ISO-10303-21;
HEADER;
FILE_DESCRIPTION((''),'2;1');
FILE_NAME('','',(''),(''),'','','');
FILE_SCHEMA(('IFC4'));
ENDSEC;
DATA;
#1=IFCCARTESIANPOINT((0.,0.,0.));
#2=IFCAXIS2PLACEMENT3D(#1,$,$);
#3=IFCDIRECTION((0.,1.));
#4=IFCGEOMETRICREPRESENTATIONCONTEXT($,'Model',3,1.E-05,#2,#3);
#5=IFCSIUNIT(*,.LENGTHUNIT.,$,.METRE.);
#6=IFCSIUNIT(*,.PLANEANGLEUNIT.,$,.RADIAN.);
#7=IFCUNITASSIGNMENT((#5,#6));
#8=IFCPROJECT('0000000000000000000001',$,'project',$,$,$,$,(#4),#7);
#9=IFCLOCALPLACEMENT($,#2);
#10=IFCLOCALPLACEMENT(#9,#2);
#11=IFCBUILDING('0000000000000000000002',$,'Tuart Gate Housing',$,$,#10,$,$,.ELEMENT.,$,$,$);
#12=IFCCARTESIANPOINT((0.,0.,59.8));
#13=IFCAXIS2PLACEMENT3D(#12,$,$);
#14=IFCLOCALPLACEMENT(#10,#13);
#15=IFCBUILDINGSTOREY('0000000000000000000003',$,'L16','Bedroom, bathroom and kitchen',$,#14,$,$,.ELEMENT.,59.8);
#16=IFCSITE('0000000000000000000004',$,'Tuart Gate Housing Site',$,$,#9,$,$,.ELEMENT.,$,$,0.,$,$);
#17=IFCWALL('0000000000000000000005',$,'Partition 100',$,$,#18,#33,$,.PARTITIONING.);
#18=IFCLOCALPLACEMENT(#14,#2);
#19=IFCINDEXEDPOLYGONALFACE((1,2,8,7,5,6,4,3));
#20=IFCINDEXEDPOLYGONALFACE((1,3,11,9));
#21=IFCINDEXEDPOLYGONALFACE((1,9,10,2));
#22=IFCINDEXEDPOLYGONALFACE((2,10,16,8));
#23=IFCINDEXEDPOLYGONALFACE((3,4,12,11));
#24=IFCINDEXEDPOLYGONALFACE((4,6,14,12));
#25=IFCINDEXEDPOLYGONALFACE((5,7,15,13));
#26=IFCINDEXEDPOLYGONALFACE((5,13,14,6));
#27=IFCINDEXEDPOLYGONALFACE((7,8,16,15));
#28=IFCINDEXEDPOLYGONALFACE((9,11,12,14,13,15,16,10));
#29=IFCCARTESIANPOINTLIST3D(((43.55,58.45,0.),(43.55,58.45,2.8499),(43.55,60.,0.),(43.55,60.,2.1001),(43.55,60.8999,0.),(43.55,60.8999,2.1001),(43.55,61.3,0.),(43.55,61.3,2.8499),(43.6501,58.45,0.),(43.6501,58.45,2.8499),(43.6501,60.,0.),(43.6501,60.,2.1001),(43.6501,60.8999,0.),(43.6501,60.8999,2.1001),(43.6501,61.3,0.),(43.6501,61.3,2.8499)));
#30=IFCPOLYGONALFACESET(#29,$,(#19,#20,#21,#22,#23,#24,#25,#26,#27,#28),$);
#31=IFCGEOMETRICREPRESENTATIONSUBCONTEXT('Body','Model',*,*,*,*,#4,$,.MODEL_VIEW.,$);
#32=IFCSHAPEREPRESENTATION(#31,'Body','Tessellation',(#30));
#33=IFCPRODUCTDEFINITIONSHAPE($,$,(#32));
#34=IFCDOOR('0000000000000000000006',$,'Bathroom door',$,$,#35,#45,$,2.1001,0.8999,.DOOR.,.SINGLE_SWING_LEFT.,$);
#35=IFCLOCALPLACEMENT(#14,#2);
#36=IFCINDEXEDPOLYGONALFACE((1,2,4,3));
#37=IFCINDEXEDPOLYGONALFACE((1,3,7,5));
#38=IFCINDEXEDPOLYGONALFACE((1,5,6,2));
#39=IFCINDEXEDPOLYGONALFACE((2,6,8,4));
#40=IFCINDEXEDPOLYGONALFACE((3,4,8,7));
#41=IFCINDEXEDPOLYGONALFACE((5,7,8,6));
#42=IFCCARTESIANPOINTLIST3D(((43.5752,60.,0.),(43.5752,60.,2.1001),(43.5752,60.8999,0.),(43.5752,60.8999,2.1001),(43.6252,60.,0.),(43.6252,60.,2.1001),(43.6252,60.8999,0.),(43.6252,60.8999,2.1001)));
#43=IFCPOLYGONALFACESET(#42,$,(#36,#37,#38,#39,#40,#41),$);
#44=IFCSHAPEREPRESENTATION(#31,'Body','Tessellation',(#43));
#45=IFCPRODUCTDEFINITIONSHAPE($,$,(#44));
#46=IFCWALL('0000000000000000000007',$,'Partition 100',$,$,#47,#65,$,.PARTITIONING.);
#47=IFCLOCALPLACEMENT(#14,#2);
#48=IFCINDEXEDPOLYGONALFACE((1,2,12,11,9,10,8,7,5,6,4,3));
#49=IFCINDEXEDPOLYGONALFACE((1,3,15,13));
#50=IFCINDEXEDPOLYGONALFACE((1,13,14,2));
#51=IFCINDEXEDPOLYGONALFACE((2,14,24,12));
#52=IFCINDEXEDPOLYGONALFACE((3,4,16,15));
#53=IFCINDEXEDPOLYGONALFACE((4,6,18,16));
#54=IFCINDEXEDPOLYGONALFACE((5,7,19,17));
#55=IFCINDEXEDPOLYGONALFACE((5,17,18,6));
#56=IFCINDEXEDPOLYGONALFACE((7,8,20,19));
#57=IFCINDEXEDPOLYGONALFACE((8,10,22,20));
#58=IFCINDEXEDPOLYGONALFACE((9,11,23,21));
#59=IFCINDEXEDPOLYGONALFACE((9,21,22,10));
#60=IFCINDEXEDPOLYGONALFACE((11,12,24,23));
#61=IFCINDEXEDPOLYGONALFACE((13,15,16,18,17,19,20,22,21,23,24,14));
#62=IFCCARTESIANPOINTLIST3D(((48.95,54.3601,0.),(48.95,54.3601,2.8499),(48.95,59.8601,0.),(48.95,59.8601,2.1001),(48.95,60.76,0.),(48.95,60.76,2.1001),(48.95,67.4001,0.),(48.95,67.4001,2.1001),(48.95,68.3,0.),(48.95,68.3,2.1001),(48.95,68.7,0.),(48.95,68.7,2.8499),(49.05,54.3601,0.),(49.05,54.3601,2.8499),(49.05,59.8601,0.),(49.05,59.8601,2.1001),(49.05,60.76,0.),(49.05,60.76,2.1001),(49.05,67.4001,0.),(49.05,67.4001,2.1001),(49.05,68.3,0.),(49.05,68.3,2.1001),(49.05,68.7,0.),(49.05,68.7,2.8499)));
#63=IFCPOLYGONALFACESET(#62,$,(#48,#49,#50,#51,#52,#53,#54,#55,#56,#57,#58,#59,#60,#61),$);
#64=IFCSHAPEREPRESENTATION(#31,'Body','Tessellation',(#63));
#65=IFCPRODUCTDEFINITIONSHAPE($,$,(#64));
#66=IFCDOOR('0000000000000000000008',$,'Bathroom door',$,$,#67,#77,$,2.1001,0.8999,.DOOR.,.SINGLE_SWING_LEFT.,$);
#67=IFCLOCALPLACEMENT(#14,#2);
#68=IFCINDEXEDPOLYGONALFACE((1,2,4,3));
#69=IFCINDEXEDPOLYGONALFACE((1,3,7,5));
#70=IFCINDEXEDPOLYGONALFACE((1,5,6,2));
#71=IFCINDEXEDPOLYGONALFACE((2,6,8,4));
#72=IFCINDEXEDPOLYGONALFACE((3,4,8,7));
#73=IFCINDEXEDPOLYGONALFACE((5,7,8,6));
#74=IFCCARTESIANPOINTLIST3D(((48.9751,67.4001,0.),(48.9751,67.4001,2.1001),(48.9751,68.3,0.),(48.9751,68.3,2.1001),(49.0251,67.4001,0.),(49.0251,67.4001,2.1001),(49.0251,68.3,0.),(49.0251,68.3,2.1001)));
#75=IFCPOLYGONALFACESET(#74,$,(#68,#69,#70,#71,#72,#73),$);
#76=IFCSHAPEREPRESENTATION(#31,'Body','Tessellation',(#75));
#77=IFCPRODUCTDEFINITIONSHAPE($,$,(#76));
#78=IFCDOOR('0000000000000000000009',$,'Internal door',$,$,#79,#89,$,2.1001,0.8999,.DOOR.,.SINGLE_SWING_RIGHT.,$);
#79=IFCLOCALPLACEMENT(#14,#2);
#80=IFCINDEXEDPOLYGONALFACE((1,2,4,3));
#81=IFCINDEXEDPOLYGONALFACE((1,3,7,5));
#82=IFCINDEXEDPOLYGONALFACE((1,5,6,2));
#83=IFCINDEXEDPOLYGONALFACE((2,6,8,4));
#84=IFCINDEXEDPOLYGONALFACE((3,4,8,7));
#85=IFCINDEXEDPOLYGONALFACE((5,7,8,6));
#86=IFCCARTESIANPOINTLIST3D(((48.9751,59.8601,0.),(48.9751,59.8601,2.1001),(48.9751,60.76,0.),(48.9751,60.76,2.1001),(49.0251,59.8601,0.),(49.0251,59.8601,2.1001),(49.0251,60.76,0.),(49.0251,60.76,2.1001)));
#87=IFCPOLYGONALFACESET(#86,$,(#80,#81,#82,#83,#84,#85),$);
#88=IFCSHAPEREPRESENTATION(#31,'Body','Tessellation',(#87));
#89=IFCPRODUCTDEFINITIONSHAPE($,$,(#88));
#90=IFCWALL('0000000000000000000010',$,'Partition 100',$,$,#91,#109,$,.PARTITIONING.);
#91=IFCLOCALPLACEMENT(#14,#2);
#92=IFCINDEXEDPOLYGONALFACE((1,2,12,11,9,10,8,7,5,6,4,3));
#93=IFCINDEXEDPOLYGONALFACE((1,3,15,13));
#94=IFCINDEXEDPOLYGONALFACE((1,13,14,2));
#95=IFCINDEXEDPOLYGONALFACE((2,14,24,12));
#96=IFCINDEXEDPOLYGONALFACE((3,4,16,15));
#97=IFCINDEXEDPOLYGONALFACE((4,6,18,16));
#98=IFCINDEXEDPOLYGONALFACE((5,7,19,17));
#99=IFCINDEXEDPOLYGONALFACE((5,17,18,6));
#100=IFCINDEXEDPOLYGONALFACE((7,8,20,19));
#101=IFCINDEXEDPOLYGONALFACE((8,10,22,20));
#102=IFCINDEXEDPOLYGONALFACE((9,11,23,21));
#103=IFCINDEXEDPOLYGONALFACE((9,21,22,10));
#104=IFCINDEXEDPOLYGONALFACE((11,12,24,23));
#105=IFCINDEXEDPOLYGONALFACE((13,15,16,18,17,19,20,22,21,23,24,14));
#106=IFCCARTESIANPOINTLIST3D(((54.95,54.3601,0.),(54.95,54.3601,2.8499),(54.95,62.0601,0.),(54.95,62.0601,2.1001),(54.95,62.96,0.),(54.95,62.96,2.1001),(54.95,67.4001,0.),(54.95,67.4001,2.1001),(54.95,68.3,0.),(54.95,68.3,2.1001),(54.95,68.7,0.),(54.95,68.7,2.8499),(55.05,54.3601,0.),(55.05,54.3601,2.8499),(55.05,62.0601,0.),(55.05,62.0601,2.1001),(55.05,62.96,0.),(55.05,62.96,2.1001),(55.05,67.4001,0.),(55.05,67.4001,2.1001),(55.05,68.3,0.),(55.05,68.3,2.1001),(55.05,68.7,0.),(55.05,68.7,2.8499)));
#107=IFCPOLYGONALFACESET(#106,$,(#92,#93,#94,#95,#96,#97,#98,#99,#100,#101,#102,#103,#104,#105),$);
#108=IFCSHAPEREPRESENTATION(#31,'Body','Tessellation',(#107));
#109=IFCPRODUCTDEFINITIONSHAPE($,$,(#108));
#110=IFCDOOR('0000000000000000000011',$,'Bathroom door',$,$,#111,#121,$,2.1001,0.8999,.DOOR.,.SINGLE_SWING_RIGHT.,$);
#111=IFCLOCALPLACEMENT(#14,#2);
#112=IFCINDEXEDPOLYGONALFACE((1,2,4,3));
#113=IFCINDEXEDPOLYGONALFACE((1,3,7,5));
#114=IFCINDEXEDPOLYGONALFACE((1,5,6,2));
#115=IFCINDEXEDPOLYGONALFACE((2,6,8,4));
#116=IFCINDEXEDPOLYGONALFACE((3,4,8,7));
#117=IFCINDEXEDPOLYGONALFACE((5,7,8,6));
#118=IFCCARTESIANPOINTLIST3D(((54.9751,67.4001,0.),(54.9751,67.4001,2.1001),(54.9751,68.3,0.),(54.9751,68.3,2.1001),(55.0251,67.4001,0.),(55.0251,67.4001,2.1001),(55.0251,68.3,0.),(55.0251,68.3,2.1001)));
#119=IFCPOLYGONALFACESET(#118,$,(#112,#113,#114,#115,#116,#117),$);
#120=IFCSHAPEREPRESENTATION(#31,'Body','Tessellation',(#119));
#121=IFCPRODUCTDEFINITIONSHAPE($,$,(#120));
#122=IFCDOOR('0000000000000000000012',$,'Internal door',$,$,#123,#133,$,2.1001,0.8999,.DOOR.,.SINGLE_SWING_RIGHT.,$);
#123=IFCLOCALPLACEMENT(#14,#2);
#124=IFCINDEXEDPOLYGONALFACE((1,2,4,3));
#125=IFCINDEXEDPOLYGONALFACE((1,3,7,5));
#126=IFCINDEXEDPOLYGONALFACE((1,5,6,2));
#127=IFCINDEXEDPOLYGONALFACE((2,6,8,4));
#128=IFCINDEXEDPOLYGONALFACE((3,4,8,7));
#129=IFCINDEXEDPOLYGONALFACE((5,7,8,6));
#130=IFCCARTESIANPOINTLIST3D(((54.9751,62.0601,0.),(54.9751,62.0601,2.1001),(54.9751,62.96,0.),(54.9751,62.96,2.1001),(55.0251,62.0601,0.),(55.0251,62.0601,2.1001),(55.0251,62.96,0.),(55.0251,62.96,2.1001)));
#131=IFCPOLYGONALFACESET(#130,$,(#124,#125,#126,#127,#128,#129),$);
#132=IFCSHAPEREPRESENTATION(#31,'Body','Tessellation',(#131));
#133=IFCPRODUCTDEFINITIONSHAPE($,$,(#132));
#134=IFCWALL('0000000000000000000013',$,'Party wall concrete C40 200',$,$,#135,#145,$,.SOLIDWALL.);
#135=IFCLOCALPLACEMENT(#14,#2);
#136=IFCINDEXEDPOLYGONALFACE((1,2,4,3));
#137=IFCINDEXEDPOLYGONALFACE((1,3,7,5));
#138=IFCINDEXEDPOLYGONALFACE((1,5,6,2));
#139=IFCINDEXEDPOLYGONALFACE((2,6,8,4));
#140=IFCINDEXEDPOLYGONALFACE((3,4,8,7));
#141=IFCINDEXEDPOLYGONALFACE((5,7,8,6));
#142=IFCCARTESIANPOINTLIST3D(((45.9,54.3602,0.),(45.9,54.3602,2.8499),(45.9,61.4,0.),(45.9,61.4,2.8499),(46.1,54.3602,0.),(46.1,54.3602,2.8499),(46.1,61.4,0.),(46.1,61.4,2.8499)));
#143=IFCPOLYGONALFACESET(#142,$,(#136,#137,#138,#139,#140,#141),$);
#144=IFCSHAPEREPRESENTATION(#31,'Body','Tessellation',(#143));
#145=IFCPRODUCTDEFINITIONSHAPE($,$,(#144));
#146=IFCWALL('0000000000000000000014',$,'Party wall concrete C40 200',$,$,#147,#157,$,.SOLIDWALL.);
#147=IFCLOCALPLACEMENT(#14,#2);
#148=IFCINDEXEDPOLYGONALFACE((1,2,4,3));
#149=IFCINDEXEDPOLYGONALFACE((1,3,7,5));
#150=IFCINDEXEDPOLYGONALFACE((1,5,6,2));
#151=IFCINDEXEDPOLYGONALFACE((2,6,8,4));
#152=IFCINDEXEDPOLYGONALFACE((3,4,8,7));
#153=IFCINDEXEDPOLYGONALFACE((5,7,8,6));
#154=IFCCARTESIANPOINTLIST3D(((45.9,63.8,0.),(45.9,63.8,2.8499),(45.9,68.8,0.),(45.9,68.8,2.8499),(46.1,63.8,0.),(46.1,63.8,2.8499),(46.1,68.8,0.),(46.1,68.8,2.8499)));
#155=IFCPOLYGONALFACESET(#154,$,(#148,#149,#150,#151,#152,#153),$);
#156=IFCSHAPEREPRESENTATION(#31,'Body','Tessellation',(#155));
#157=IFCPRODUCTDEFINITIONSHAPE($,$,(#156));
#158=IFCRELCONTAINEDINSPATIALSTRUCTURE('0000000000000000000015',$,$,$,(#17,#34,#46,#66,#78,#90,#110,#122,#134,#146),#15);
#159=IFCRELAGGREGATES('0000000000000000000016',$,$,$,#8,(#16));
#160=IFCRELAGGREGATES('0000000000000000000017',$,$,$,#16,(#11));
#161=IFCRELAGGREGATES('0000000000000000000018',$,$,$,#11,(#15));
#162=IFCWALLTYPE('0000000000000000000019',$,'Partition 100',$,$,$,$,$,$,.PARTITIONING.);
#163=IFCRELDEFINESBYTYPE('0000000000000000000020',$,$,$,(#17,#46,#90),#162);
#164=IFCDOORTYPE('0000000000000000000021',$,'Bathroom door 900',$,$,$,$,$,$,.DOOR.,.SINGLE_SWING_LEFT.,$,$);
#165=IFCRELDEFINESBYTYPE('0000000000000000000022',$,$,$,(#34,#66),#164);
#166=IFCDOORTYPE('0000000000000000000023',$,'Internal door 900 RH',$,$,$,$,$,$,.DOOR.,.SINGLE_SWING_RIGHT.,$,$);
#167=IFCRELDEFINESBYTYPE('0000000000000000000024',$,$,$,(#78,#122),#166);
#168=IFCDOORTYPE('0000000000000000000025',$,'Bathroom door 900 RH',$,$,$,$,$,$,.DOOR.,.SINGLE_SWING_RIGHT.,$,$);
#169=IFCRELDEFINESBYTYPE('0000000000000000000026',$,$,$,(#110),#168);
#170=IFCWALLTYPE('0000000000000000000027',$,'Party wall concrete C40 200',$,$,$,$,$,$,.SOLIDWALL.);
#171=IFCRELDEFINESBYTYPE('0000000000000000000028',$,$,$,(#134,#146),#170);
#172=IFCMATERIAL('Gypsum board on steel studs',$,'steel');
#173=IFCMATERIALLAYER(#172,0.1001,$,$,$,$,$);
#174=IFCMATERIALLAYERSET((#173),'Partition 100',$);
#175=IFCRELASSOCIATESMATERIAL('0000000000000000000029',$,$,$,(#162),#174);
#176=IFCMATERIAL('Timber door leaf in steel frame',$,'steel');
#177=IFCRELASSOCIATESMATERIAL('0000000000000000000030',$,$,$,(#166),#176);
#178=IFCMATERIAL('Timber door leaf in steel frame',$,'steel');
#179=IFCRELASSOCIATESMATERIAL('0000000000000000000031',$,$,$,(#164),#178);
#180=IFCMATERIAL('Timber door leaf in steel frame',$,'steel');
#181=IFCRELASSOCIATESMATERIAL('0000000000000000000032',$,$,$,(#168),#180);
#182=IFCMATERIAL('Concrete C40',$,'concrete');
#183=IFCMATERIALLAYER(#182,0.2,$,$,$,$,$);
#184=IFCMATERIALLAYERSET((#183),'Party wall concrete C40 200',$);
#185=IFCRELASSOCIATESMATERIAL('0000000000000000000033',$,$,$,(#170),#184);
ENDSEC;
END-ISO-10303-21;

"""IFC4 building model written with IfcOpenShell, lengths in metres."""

from ifc_helpers import new_model, si_unit, direction, frame, frame_2d, origin, place, context, subcontext, project, spatial, rectangle, extrude, material, layer, layer_set, type_object, element, fill, save


model = new_model("IFC4")

# Units and contexts
model_context = context("Model", 3, precision=1e-05, world=origin(), true_north=direction((0.0, 1.0)))
body_context = subcontext(model_context, "Body", "Model", "MODEL_VIEW")
ifc_project = project(units=[si_unit("LENGTHUNIT", "METRE"), si_unit("PLANEANGLEUNIT", "RADIAN")], contexts=[model_context])

# Site, building, storey
site_placement = place(None, origin())
site = spatial("IfcSite", under=ifc_project, at=site_placement, Name="Tuart Gate Housing Site", CompositionType="ELEMENT", RefElevation=0.0)
building_placement = place(site_placement, origin())
building = spatial("IfcBuilding", under=site, at=building_placement, Name="Tuart Gate Housing", CompositionType="ELEMENT")
storey_placement = place(building_placement, frame((0.0, 0.0, 59.8)))
storey = spatial("IfcBuildingStorey", under=building, at=storey_placement, Name="L16", Description="Bedroom, bathroom and kitchen", CompositionType="ELEMENT", Elevation=59.8)

# Shared definitions
ifc_material_1 = material(Name="Gypsum board on steel studs", Category="steel")
ifc_layer_1 = layer(ifc_material_1, 0.1001)
ifc_layer_set_1 = layer_set([ifc_layer_1], Name="Partition 100")
wall_type_1 = type_object("IfcWallType", Name="Partition 100", PredefinedType="PARTITIONING", material=ifc_layer_set_1)

# Shared definitions
ifc_material_2 = material(Name="Timber door leaf in steel frame", Category="steel")
door_type_1 = type_object("IfcDoorType", Name="Internal door 900 RH", OperationType="SINGLE_SWING_RIGHT", PredefinedType="DOOR", material=ifc_material_2)

# Wall, opening, door
wall_1_placement = place(storey_placement, frame((43.6001, 58.45, 0.0), z_axis=(0.0, 0.0, 1.0), x_axis=(0.0, 1.0, 0.0)))
wall_1 = element("IfcWall", 1, at=wall_1_placement, inside=storey, type_object=wall_type_1, Name="Partition 100", PredefinedType="PARTITIONING", context=body_context, shape_type="SweptSolid", body=[
    extrude(rectangle(XDim=2.8501, YDim=0.1001, at=frame_2d((1.425, 0.0))), origin(), (0.0, 0.0, 1.0), 2.8499),
])
opening_1_placement = place(wall_1_placement, frame((1.55, 0.0, 0.0)))
opening_1 = element("IfcOpeningElement", 2, at=opening_1_placement, cuts=wall_1, PredefinedType="OPENING", context=body_context, shape_type="SweptSolid", body=[
    extrude(rectangle(XDim=0.8999, YDim=2.1001, at=frame_2d((0.45, 1.05))), frame((0.0, 0.0601, 0.0), z_axis=(0.0, -1.0, 0.0), x_axis=(1.0, 0.0, 0.0)), (0.0, 0.0, 1.0), 0.1201),
])
ifc_material_3 = material(Name="Timber door leaf in steel frame", Category="steel")
door_type_2 = type_object("IfcDoorType", Name="Bathroom door 900", OperationType="SINGLE_SWING_LEFT", PredefinedType="DOOR", material=ifc_material_3)
door_1_placement = place(opening_1_placement, frame((0.8999, 0.0, 0.0), z_axis=(0.0, 0.0, 1.0), x_axis=(-1.0, 0.0, 0.0)))
door_1 = element("IfcDoor", 3, at=door_1_placement, inside=storey, type_object=door_type_2, Name="Bathroom door", OperationType="SINGLE_SWING_LEFT", OverallHeight=2.1001, OverallWidth=0.8999, PredefinedType="DOOR", context=body_context, shape_type="SweptSolid", body=[
    extrude(rectangle(XDim=0.8999, YDim=2.1001, at=frame_2d((0.45, 1.05))), frame((0.0, 0.0251, 0.0), z_axis=(0.0, -1.0, 0.0), x_axis=(1.0, 0.0, 0.0)), (0.0, 0.0, 1.0), 0.05),
])
fill(opening_1, door_1)

# Walls, openings, doors
wall_2_placement = place(storey_placement, frame((49.0, 54.3601, 0.0), z_axis=(0.0, 0.0, 1.0), x_axis=(0.0, 1.0, 0.0)))
wall_2 = element("IfcWall", 4, at=wall_2_placement, inside=storey, type_object=wall_type_1, Name="Partition 100", PredefinedType="PARTITIONING", context=body_context, shape_type="SweptSolid", body=[
    extrude(rectangle(XDim=14.3398, YDim=0.1001, at=frame_2d((7.1699, 0.0))), origin(), (0.0, 0.0, 1.0), 2.8499),
])
opening_2_placement = place(wall_2_placement, frame((5.5, 0.0, 0.0)))
opening_2 = element("IfcOpeningElement", 5, at=opening_2_placement, cuts=wall_2, PredefinedType="OPENING", context=body_context, shape_type="SweptSolid", body=[
    extrude(rectangle(XDim=0.8999, YDim=2.1001, at=frame_2d((0.45, 1.05))), frame((0.0, 0.0601, 0.0), z_axis=(0.0, -1.0, 0.0), x_axis=(1.0, 0.0, 0.0)), (0.0, 0.0, 1.0), 0.1201),
])
opening_3_placement = place(wall_2_placement, frame((13.04, 0.0, 0.0)))
opening_3 = element("IfcOpeningElement", 6, at=opening_3_placement, cuts=wall_2, PredefinedType="OPENING", context=body_context, shape_type="SweptSolid", body=[
    extrude(rectangle(XDim=0.8999, YDim=2.1001, at=frame_2d((0.45, 1.05))), frame((0.0, 0.0601, 0.0), z_axis=(0.0, -1.0, 0.0), x_axis=(1.0, 0.0, 0.0)), (0.0, 0.0, 1.0), 0.1201),
])
door_2_placement = place(opening_3_placement, frame((0.8999, 0.0, 0.0), z_axis=(0.0, 0.0, 1.0), x_axis=(-1.0, 0.0, 0.0)))
door_2 = element("IfcDoor", 7, at=door_2_placement, inside=storey, type_object=door_type_2, Name="Bathroom door", OperationType="SINGLE_SWING_LEFT", OverallHeight=2.1001, OverallWidth=0.8999, PredefinedType="DOOR", context=body_context, shape_type="SweptSolid", body=[
    extrude(rectangle(XDim=0.8999, YDim=2.1001, at=frame_2d((0.45, 1.05))), frame((0.0, 0.0251, 0.0), z_axis=(0.0, -1.0, 0.0), x_axis=(1.0, 0.0, 0.0)), (0.0, 0.0, 1.0), 0.05),
])
fill(opening_3, door_2)
door_3_placement = place(opening_2_placement, frame((0.8999, 0.0, 0.0), z_axis=(0.0, 0.0, 1.0), x_axis=(-1.0, 0.0, 0.0)))
door_3 = element("IfcDoor", 8, at=door_3_placement, inside=storey, type_object=door_type_1, Name="Internal door", OperationType="SINGLE_SWING_RIGHT", OverallHeight=2.1001, OverallWidth=0.8999, PredefinedType="DOOR", context=body_context, shape_type="SweptSolid", body=[
    extrude(rectangle(XDim=0.8999, YDim=2.1001, at=frame_2d((0.45, 1.05))), frame((0.0, 0.0251, 0.0), z_axis=(0.0, -1.0, 0.0), x_axis=(1.0, 0.0, 0.0)), (0.0, 0.0, 1.0), 0.05),
])
fill(opening_2, door_3)
wall_3_placement = place(storey_placement, frame((55.0, 54.3601, 0.0), z_axis=(0.0, 0.0, 1.0), x_axis=(0.0, 1.0, 0.0)))
wall_3 = element("IfcWall", 9, at=wall_3_placement, inside=storey, type_object=wall_type_1, Name="Partition 100", PredefinedType="PARTITIONING", context=body_context, shape_type="SweptSolid", body=[
    extrude(rectangle(XDim=14.3398, YDim=0.1001, at=frame_2d((7.1699, 0.0))), origin(), (0.0, 0.0, 1.0), 2.8499),
])
opening_4_placement = place(wall_3_placement, frame((7.7, 0.0, 0.0)))
opening_4 = element("IfcOpeningElement", 10, at=opening_4_placement, cuts=wall_3, PredefinedType="OPENING", context=body_context, shape_type="SweptSolid", body=[
    extrude(rectangle(XDim=0.8999, YDim=2.1001, at=frame_2d((0.45, 1.05))), frame((0.0, 0.0601, 0.0), z_axis=(0.0, -1.0, 0.0), x_axis=(1.0, 0.0, 0.0)), (0.0, 0.0, 1.0), 0.1201),
])
opening_5_placement = place(wall_3_placement, frame((13.04, 0.0, 0.0)))
opening_5 = element("IfcOpeningElement", 11, at=opening_5_placement, cuts=wall_3, PredefinedType="OPENING", context=body_context, shape_type="SweptSolid", body=[
    extrude(rectangle(XDim=0.8999, YDim=2.1001, at=frame_2d((0.45, 1.05))), frame((0.0, 0.0601, 0.0), z_axis=(0.0, -1.0, 0.0), x_axis=(1.0, 0.0, 0.0)), (0.0, 0.0, 1.0), 0.1201),
])
ifc_material_4 = material(Name="Timber door leaf in steel frame", Category="steel")
door_type_3 = type_object("IfcDoorType", Name="Bathroom door 900 RH", OperationType="SINGLE_SWING_RIGHT", PredefinedType="DOOR", material=ifc_material_4)
door_4_placement = place(opening_5_placement, origin())
door_4 = element("IfcDoor", 12, at=door_4_placement, inside=storey, type_object=door_type_3, Name="Bathroom door", OperationType="SINGLE_SWING_RIGHT", OverallHeight=2.1001, OverallWidth=0.8999, PredefinedType="DOOR", context=body_context, shape_type="SweptSolid", body=[
    extrude(rectangle(XDim=0.8999, YDim=2.1001, at=frame_2d((0.45, 1.05))), frame((0.0, 0.0249, 0.0), z_axis=(0.0, -1.0, 0.0), x_axis=(1.0, 0.0, 0.0)), (0.0, 0.0, 1.0), 0.05),
])
fill(opening_5, door_4)
door_5_placement = place(opening_4_placement, origin())
door_5 = element("IfcDoor", 13, at=door_5_placement, inside=storey, type_object=door_type_1, Name="Internal door", OperationType="SINGLE_SWING_RIGHT", OverallHeight=2.1001, OverallWidth=0.8999, PredefinedType="DOOR", context=body_context, shape_type="SweptSolid", body=[
    extrude(rectangle(XDim=0.8999, YDim=2.1001, at=frame_2d((0.45, 1.05))), frame((0.0, 0.0249, 0.0), z_axis=(0.0, -1.0, 0.0), x_axis=(1.0, 0.0, 0.0)), (0.0, 0.0, 1.0), 0.05),
])
fill(opening_4, door_5)

# Walls
ifc_material_5 = material(Name="Concrete C40", Category="concrete")
ifc_layer_2 = layer(ifc_material_5, 0.2)
ifc_layer_set_2 = layer_set([ifc_layer_2], Name="Party wall concrete C40 200")
wall_type_2 = type_object("IfcWallType", Name="Party wall concrete C40 200", PredefinedType="SOLIDWALL", material=ifc_layer_set_2)
wall_4_placement = place(storey_placement, frame((46.0, 54.3601, 0.0), z_axis=(0.0, 0.0, 1.0), x_axis=(0.0, 1.0, 0.0)))
element("IfcWall", 14, at=wall_4_placement, inside=storey, type_object=wall_type_2, Name="Party wall concrete C40 200", PredefinedType="SOLIDWALL", context=body_context, shape_type="SweptSolid", body=[
    extrude(rectangle(XDim=7.0398, YDim=0.2, at=frame_2d((3.52, 0.0))), origin(), (0.0, 0.0, 1.0), 2.8499),
])
wall_5_placement = place(storey_placement, frame((46.0, 63.8, 0.0), z_axis=(0.0, 0.0, 1.0), x_axis=(0.0, 1.0, 0.0)))
element("IfcWall", 15, at=wall_5_placement, inside=storey, type_object=wall_type_2, Name="Party wall concrete C40 200", PredefinedType="SOLIDWALL", context=body_context, shape_type="SweptSolid", body=[
    extrude(rectangle(XDim=5.0, YDim=0.2, at=frame_2d((2.5, 0.0))), origin(), (0.0, 0.0, 1.0), 2.8499),
])

save(model, "model.ifc")
